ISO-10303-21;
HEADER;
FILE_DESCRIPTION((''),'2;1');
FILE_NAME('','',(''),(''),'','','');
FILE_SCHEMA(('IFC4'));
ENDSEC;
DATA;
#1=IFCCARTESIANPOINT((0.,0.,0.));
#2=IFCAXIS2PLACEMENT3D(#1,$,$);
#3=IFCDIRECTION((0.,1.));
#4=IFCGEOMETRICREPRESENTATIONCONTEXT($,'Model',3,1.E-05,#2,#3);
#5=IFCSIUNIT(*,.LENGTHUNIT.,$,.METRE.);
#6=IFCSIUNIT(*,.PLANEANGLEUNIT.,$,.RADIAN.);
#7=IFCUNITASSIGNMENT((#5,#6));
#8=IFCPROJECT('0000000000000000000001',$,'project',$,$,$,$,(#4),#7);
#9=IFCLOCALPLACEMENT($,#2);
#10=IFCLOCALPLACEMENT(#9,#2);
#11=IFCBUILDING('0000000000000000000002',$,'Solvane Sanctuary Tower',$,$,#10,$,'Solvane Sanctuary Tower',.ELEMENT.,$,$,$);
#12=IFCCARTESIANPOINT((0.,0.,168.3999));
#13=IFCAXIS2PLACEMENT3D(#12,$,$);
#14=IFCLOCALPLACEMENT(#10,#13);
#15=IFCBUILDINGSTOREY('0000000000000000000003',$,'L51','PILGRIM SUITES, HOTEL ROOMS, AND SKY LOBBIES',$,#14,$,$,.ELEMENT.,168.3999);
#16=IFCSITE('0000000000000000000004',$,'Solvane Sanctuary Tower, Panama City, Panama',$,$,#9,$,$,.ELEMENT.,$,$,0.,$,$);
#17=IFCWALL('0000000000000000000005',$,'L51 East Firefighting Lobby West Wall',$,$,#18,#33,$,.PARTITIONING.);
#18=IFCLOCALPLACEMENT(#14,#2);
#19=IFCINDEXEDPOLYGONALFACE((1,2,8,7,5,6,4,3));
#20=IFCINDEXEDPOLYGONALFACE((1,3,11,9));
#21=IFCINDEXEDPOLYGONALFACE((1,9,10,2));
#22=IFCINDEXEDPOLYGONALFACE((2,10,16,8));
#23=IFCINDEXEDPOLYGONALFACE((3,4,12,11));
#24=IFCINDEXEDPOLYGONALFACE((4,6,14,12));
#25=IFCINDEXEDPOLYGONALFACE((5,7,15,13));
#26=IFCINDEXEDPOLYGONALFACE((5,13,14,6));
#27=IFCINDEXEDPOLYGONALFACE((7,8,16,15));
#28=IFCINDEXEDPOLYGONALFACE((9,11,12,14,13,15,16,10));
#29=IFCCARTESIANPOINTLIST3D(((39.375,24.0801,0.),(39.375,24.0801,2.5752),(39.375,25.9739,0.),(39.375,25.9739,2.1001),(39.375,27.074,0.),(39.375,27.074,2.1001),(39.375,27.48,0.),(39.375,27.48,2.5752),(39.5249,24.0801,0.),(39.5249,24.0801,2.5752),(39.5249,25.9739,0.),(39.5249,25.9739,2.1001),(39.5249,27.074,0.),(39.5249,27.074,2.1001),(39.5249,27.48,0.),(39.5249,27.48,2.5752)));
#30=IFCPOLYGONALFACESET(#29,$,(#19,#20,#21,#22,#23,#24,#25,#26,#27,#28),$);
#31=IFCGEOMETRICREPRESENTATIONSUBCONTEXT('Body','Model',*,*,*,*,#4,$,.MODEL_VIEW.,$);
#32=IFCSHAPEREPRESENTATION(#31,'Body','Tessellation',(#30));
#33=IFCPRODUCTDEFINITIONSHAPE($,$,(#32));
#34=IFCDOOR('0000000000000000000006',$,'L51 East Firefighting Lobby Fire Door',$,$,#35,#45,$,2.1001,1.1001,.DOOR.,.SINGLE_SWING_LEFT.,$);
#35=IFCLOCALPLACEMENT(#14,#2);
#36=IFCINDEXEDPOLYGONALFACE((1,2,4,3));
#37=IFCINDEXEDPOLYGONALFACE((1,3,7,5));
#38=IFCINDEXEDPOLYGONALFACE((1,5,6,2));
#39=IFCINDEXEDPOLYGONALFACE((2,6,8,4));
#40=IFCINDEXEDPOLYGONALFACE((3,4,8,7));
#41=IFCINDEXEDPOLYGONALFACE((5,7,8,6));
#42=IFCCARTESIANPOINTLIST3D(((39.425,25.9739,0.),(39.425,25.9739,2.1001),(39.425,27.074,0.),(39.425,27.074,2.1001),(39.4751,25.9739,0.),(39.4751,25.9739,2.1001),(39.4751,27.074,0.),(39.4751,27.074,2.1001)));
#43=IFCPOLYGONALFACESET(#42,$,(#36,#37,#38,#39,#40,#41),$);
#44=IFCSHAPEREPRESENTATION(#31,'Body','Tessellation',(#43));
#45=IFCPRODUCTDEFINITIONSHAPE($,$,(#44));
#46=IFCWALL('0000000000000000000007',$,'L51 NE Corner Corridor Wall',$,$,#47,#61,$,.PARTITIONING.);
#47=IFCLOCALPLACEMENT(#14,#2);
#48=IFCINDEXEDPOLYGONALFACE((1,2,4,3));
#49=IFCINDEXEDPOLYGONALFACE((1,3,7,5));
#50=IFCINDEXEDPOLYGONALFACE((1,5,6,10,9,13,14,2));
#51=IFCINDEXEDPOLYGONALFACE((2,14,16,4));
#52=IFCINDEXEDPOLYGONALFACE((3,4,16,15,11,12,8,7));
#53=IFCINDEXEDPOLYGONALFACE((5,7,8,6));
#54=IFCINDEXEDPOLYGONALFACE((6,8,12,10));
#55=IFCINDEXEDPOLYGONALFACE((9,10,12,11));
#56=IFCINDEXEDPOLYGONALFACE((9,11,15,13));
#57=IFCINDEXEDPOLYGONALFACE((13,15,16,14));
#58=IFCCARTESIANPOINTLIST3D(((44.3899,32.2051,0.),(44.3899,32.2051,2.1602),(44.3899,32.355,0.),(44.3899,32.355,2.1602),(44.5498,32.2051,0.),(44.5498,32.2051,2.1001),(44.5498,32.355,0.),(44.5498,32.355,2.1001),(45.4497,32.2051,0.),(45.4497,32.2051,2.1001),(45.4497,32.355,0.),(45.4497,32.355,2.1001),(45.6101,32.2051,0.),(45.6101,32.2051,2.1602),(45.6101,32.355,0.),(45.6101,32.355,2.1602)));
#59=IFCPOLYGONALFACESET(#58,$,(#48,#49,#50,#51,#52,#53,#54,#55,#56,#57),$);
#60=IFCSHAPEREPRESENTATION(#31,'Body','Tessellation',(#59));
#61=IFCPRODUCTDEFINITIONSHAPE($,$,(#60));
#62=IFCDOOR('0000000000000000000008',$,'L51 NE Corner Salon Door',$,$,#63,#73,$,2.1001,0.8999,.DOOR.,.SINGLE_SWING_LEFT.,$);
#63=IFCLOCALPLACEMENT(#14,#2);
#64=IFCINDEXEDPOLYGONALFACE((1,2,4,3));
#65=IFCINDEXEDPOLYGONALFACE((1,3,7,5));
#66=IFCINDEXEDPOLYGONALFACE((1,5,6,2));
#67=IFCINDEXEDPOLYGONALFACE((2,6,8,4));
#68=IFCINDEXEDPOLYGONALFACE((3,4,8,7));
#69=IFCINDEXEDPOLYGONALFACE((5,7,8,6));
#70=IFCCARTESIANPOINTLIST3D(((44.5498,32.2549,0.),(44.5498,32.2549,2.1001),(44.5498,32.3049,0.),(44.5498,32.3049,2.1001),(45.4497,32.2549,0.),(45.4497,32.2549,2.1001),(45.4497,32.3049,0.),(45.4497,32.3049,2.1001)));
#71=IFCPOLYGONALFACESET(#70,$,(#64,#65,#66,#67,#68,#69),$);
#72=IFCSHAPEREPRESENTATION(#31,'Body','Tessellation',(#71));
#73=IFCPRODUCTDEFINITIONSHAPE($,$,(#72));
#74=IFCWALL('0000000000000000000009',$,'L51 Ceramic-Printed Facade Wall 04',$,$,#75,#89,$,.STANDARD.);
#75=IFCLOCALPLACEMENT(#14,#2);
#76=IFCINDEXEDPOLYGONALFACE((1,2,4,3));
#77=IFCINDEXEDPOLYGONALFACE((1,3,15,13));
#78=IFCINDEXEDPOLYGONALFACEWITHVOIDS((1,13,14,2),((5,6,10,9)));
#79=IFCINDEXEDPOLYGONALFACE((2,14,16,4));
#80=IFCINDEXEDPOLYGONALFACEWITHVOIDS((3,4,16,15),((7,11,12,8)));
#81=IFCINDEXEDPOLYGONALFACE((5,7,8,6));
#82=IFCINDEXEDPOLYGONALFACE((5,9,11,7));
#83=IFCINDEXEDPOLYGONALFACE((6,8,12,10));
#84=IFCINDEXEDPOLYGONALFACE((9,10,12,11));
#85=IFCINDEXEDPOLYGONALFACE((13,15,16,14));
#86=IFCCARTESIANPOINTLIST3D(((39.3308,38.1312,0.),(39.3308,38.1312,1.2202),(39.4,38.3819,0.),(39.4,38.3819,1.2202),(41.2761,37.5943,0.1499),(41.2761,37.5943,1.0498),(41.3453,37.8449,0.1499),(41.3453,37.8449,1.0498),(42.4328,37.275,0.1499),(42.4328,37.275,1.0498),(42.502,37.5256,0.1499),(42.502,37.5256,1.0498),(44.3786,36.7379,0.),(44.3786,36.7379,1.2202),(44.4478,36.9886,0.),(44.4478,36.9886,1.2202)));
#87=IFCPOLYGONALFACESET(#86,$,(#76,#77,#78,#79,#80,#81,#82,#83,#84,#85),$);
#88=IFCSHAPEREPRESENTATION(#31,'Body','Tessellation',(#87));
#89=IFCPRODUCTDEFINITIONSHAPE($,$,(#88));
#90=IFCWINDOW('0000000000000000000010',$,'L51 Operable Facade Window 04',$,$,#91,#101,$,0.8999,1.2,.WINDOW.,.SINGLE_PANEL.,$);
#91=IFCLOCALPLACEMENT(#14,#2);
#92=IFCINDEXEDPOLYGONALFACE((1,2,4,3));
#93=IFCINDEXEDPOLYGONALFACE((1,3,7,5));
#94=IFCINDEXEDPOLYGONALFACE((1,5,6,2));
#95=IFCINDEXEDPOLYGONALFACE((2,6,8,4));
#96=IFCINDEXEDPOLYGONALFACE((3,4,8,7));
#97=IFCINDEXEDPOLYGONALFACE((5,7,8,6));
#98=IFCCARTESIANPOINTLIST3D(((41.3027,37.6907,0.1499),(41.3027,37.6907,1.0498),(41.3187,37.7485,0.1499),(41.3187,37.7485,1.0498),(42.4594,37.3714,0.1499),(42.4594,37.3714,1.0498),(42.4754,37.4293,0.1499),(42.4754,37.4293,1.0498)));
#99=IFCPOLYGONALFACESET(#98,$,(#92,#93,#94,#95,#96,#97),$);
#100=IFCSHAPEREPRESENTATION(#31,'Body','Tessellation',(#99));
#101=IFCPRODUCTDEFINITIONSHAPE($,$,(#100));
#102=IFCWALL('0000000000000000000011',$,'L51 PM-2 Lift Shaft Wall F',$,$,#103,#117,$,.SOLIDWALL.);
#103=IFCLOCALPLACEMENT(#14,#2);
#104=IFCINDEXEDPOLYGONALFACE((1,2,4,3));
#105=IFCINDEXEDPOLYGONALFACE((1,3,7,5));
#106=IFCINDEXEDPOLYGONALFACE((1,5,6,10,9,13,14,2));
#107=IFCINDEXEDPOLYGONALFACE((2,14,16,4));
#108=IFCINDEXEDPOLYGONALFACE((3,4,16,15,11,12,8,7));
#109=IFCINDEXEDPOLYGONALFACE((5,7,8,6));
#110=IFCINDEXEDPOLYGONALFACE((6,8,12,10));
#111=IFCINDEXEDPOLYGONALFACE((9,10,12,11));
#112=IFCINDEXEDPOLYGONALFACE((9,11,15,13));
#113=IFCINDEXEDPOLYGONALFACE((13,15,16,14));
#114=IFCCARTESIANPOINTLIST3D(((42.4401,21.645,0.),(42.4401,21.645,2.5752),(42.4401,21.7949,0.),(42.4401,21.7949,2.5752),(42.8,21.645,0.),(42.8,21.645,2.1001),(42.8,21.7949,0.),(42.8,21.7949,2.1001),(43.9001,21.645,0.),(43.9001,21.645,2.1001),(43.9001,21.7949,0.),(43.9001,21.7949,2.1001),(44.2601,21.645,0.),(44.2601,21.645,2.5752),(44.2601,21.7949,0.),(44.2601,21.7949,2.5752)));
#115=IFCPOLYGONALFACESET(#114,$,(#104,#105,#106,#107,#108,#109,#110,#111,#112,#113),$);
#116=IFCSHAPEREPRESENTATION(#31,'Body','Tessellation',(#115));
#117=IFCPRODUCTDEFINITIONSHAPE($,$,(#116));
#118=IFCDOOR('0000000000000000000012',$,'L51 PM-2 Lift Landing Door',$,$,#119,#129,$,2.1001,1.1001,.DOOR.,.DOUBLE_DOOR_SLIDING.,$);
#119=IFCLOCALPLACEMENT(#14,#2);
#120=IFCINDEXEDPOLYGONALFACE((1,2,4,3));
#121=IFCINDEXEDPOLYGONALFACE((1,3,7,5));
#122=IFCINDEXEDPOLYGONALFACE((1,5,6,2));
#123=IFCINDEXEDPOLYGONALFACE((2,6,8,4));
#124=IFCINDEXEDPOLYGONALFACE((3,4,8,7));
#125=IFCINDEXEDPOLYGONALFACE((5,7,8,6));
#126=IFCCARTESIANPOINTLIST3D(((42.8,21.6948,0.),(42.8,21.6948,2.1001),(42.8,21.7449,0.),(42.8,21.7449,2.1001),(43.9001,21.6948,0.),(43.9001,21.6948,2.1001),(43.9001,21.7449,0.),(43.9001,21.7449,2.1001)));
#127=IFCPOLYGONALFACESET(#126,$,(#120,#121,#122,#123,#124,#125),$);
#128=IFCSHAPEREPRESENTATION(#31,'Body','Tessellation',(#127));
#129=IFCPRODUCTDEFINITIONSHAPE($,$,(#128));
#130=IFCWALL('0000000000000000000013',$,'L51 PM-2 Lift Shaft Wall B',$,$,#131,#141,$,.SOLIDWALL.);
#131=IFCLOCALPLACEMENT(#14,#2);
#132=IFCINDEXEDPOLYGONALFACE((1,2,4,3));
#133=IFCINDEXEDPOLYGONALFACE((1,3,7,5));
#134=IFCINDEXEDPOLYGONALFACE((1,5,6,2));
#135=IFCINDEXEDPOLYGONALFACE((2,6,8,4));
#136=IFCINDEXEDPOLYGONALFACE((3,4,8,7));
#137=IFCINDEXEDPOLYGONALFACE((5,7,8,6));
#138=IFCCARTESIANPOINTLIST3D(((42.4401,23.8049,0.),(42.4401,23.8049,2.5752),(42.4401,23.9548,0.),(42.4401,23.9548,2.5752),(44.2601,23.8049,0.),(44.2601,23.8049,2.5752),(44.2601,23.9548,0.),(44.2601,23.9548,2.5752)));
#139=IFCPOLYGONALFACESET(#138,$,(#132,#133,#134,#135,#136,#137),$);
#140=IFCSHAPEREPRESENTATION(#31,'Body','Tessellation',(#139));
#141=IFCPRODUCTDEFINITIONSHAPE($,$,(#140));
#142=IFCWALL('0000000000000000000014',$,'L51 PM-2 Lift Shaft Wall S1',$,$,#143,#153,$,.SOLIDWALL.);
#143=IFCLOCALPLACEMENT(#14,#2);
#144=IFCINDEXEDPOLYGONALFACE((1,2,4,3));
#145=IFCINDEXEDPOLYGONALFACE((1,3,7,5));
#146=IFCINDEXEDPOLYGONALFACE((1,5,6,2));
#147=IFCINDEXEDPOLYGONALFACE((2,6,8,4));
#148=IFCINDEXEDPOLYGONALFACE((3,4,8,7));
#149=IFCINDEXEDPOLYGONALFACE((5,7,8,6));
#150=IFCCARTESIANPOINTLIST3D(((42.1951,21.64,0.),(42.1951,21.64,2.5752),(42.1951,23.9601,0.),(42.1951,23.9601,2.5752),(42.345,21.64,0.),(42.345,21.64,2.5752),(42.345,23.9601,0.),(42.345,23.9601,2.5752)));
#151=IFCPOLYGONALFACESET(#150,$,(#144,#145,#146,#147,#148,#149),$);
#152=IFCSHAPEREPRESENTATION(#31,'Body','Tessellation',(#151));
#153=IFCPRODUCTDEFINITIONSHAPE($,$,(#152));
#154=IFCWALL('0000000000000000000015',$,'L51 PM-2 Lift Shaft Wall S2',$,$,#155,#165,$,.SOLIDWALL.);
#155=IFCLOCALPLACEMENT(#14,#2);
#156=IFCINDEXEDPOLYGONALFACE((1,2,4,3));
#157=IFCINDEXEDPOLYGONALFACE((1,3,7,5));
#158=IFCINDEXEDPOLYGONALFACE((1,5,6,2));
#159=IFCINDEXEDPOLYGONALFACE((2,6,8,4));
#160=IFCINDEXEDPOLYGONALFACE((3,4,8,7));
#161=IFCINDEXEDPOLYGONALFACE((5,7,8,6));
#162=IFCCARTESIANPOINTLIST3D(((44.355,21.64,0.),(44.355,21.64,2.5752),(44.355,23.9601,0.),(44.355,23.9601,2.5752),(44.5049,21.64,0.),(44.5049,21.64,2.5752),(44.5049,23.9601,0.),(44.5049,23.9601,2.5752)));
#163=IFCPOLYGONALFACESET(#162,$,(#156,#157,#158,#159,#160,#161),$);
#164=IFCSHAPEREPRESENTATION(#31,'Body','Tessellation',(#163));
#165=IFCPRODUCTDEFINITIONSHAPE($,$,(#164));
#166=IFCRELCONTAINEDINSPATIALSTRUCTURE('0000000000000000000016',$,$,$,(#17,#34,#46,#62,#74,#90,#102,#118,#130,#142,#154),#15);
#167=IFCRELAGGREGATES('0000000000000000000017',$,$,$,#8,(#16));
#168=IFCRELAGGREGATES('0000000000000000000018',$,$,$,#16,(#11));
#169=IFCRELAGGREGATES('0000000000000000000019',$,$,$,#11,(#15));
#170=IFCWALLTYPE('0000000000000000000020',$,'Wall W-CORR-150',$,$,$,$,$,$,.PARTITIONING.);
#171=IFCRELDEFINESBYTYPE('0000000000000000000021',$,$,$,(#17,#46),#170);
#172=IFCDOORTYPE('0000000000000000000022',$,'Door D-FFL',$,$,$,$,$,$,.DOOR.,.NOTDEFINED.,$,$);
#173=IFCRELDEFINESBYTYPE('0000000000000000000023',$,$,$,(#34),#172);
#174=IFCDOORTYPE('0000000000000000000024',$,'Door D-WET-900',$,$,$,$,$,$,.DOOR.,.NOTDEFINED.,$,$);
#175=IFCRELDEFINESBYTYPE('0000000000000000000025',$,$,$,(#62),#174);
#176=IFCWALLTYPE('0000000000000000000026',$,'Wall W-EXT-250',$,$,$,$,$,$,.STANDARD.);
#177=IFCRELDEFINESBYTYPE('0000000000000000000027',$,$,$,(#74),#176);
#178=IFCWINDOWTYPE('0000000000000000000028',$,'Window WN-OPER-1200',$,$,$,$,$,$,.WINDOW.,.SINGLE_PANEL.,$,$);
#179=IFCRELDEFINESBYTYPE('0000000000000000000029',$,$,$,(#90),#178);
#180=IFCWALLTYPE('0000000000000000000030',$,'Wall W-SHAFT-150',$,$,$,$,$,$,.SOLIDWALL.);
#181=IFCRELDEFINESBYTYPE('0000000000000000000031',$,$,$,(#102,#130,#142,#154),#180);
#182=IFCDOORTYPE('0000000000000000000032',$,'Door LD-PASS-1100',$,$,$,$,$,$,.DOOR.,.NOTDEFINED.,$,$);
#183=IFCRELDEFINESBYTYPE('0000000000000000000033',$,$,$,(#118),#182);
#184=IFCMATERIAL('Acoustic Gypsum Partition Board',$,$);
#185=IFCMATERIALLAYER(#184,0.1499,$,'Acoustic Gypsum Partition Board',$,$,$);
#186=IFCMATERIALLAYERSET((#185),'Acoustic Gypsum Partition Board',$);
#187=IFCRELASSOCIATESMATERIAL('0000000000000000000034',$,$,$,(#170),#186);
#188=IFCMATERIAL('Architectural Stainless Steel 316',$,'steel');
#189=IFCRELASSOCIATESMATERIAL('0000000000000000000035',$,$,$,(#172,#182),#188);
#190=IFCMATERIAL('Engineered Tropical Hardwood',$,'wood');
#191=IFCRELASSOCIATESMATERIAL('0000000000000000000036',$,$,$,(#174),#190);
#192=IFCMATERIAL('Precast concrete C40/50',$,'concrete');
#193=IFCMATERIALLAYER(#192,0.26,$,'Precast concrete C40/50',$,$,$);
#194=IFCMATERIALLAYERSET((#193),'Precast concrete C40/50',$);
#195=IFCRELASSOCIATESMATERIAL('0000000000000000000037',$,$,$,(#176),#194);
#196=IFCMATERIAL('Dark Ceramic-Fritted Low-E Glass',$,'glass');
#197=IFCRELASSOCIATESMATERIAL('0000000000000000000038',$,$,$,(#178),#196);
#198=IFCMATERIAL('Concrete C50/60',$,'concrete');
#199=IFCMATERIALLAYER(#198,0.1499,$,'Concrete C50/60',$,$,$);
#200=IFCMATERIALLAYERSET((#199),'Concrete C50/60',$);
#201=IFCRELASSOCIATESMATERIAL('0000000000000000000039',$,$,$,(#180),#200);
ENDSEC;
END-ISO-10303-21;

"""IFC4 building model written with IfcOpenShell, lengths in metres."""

from ifc_helpers import new_model, si_unit, direction, frame, frame_2d, origin, place, context, subcontext, project, spatial, rectangle, extrude, material, layer, layer_set, type_object, element, fill, save


model = new_model("IFC4")

# Units and contexts
model_context = context("Model", 3, precision=1e-05, world=origin(), true_north=direction((0.0, 1.0)))
body_context = subcontext(model_context, "Body", "Model", "MODEL_VIEW")
ifc_project = project(units=[si_unit("LENGTHUNIT", "METRE"), si_unit("PLANEANGLEUNIT", "RADIAN")], contexts=[model_context])

# Site, building, storey
site_placement = place(None, origin())
site = spatial("IfcSite", under=ifc_project, at=site_placement, Name="Solvane Sanctuary Tower, Panama City, Panama", CompositionType="ELEMENT", RefElevation=0.0)
building_placement = place(site_placement, origin())
building = spatial("IfcBuilding", under=site, at=building_placement, Name="Solvane Sanctuary Tower", LongName="Solvane Sanctuary Tower", CompositionType="ELEMENT")
storey_placement = place(building_placement, frame((0.0, 0.0, 168.3999)))
storey = spatial("IfcBuildingStorey", under=building, at=storey_placement, Name="L51", Description="PILGRIM SUITES, HOTEL ROOMS, AND SKY LOBBIES", CompositionType="ELEMENT", Elevation=168.3999)

# Shared definitions
ifc_material_1 = material(Name="Acoustic Gypsum Partition Board")
ifc_layer_1 = layer(ifc_material_1, 0.1499, Name="Acoustic Gypsum Partition Board")
ifc_layer_set_1 = layer_set([ifc_layer_1], Name="Acoustic Gypsum Partition Board")
wall_type_1 = type_object("IfcWallType", Name="Wall W-CORR-150", PredefinedType="PARTITIONING", material=ifc_layer_set_1)

# Walls, openings, doors
wall_1_placement = place(storey_placement, frame((39.45, 24.0801, 0.0), z_axis=(0.0, 0.0, 1.0), x_axis=(0.0, 1.0, 0.0)))
wall_1 = element("IfcWall", 1, at=wall_1_placement, inside=storey, type_object=wall_type_1, Name="L51 East Firefighting Lobby West Wall", PredefinedType="PARTITIONING", context=body_context, shape_type="SweptSolid", body=[
    extrude(rectangle(XDim=3.3999, YDim=0.1499, at=frame_2d((1.7, 0.0))), origin(), (0.0, 0.0, 1.0), 2.5752),
])
opening_1_placement = place(wall_1_placement, frame((1.8938, 0.0, 0.0)))
opening_1 = element("IfcOpeningElement", 2, at=opening_1_placement, cuts=wall_1, PredefinedType="OPENING", context=body_context, shape_type="SweptSolid", body=[
    extrude(rectangle(XDim=1.1001, YDim=2.1001, at=frame_2d((0.55, 1.05))), frame((0.0, 0.085, 0.0), z_axis=(0.0, -1.0, 0.0), x_axis=(1.0, 0.0, 0.0)), (0.0, 0.0, 1.0), 0.1699),
])
ifc_material_2 = material(Name="Architectural Stainless Steel 316", Category="steel")
door_type_1 = type_object("IfcDoorType", Name="Door D-FFL", OperationType="NOTDEFINED", PredefinedType="DOOR", material=ifc_material_2)
door_1_placement = place(opening_1_placement, origin())
door_1 = element("IfcDoor", 3, at=door_1_placement, inside=storey, type_object=door_type_1, Name="L51 East Firefighting Lobby Fire Door", OperationType="SINGLE_SWING_LEFT", OverallHeight=2.1001, OverallWidth=1.1001, PredefinedType="DOOR", context=body_context, shape_type="SweptSolid", body=[
    extrude(rectangle(XDim=1.1001, YDim=2.1001, at=frame_2d((0.55, 1.05))), frame((0.0, 0.0249, 0.0), z_axis=(0.0, -1.0, 0.0), x_axis=(1.0, 0.0, 0.0)), (0.0, 0.0, 1.0), 0.05),
])
fill(opening_1, door_1)
wall_2_placement = place(storey_placement, frame((44.3899, 32.28, 0.0), z_axis=(0.0, 0.0, 1.0), x_axis=(1.0, 0.0, 0.0)))
wall_2 = element("IfcWall", 4, at=wall_2_placement, inside=storey, type_object=wall_type_1, Name="L51 NE Corner Corridor Wall", PredefinedType="PARTITIONING", context=body_context, shape_type="SweptSolid", body=[
    extrude(rectangle(XDim=1.2202, YDim=0.1499, at=frame_2d((0.6101, 0.0))), origin(), (0.0, 0.0, 1.0), 2.1602),
])
opening_2_placement = place(wall_2_placement, frame((0.1599, 0.0, 0.0)))
opening_2 = element("IfcOpeningElement", 5, at=opening_2_placement, cuts=wall_2, PredefinedType="OPENING", context=body_context, shape_type="SweptSolid", body=[
    extrude(rectangle(XDim=0.8999, YDim=2.1001, at=frame_2d((0.45, 1.05))), frame((0.0, 0.085, 0.0), z_axis=(0.0, -1.0, 0.0), x_axis=(1.0, 0.0, 0.0)), (0.0, 0.0, 1.0), 0.1699),
])
ifc_material_3 = material(Name="Engineered Tropical Hardwood", Category="wood")
door_type_2 = type_object("IfcDoorType", Name="Door D-WET-900", OperationType="NOTDEFINED", PredefinedType="DOOR", material=ifc_material_3)
door_2_placement = place(opening_2_placement, origin())
door_2 = element("IfcDoor", 6, at=door_2_placement, inside=storey, type_object=door_type_2, Name="L51 NE Corner Salon Door", OperationType="SINGLE_SWING_LEFT", OverallHeight=2.1001, OverallWidth=0.8999, PredefinedType="DOOR", context=body_context, shape_type="SweptSolid", body=[
    extrude(rectangle(XDim=0.8999, YDim=2.1001, at=frame_2d((0.45, 1.05))), frame((0.0, 0.0249, 0.0), z_axis=(0.0, -1.0, 0.0), x_axis=(1.0, 0.0, 0.0)), (0.0, 0.0, 1.0), 0.05),
])
fill(opening_2, door_2)

# Wall, opening, window
ifc_material_4 = material(Name="Precast concrete C40/50", Category="concrete")
ifc_layer_2 = layer(ifc_material_4, 0.26, Name="Precast concrete C40/50")
ifc_layer_set_2 = layer_set([ifc_layer_2], Name="Precast concrete C40/50")
wall_type_2 = type_object("IfcWallType", Name="Wall W-EXT-250", PredefinedType="STANDARD", material=ifc_layer_set_2)
wall_3_placement = place(storey_placement, frame((44.4131, 36.8633, 0.0), z_axis=(0.0, 0.0, 1.0), x_axis=(-0.963953, 0.266071, 0.0)))
wall_3 = element("IfcWall", 7, at=wall_3_placement, inside=storey, type_object=wall_type_2, Name="L51 Ceramic-Printed Facade Wall 04", PredefinedType="STANDARD", context=body_context, shape_type="SweptSolid", body=[
    extrude(rectangle(XDim=5.2366, YDim=0.26, at=frame_2d((2.6182, 0.0))), origin(), (0.0, 0.0, 1.0), 1.2202),
])
opening_3_placement = place(wall_3_placement, frame((2.0183, 0.0, 0.1499)))
opening_3 = element("IfcOpeningElement", 8, at=opening_3_placement, cuts=wall_3, PredefinedType="OPENING", context=body_context, shape_type="SweptSolid", body=[
    extrude(rectangle(XDim=1.2, YDim=0.8999, at=frame_2d((0.6001, 0.45))), frame((0.0, 0.1399, 0.0), z_axis=(0.0, -1.0, 0.0), x_axis=(1.0, 0.0, 0.0)), (0.0, 0.0, 1.0), 0.28),
])
ifc_material_5 = material(Name="Dark Ceramic-Fritted Low-E Glass", Category="glass")
window_type = type_object("IfcWindowType", Name="Window WN-OPER-1200", PartitioningType="SINGLE_PANEL", PredefinedType="WINDOW", material=ifc_material_5)
window_placement = place(opening_3_placement, origin())
window = element("IfcWindow", 9, at=window_placement, inside=storey, type_object=window_type, Name="L51 Operable Facade Window 04", OverallHeight=0.8999, OverallWidth=1.2, PartitioningType="SINGLE_PANEL", PredefinedType="WINDOW", context=body_context, shape_type="SweptSolid", body=[
    extrude(rectangle(XDim=1.2, YDim=0.8999, at=frame_2d((0.6001, 0.45))), frame((0.0, 0.03, 0.0), z_axis=(0.0, -1.0, 0.0), x_axis=(1.0, 0.0, 0.0)), (0.0, 0.0, 1.0), 0.0601),
])
fill(opening_3, window)

# Wall, opening, door
ifc_material_6 = material(Name="Concrete C50/60", Category="concrete")
ifc_layer_3 = layer(ifc_material_6, 0.1499, Name="Concrete C50/60")
ifc_layer_set_3 = layer_set([ifc_layer_3], Name="Concrete C50/60")
wall_type_3 = type_object("IfcWallType", Name="Wall W-SHAFT-150", PredefinedType="SOLIDWALL", material=ifc_layer_set_3)
wall_4_placement = place(storey_placement, frame((42.4399, 21.72, 0.0), z_axis=(0.0, 0.0, 1.0), x_axis=(1.0, 0.0, 0.0)))
wall_4 = element("IfcWall", 10, at=wall_4_placement, inside=storey, type_object=wall_type_3, Name="L51 PM-2 Lift Shaft Wall F", PredefinedType="SOLIDWALL", context=body_context, shape_type="SweptSolid", body=[
    extrude(rectangle(XDim=1.8201, YDim=0.1499, at=frame_2d((0.9102, 0.0))), origin(), (0.0, 0.0, 1.0), 2.5752),
])
opening_4_placement = place(wall_4_placement, frame((0.3601, 0.0, 0.0)))
opening_4 = element("IfcOpeningElement", 11, at=opening_4_placement, cuts=wall_4, PredefinedType="OPENING", context=body_context, shape_type="SweptSolid", body=[
    extrude(rectangle(XDim=1.1001, YDim=2.1001, at=frame_2d((0.55, 1.05))), frame((0.0, 0.085, 0.0), z_axis=(0.0, -1.0, 0.0), x_axis=(1.0, 0.0, 0.0)), (0.0, 0.0, 1.0), 0.1699),
])
door_type_3 = type_object("IfcDoorType", Name="Door LD-PASS-1100", OperationType="NOTDEFINED", PredefinedType="DOOR", material=ifc_material_2)
door_3_placement = place(opening_4_placement, origin())
door_3 = element("IfcDoor", 12, at=door_3_placement, inside=storey, type_object=door_type_3, Name="L51 PM-2 Lift Landing Door", OperationType="DOUBLE_DOOR_SLIDING", OverallHeight=2.1001, OverallWidth=1.1001, PredefinedType="DOOR", context=body_context, shape_type="SweptSolid", body=[
    extrude(rectangle(XDim=1.1001, YDim=2.1001, at=frame_2d((0.55, 1.05))), frame((0.0, 0.0249, 0.0), z_axis=(0.0, -1.0, 0.0), x_axis=(1.0, 0.0, 0.0)), (0.0, 0.0, 1.0), 0.05),
])
fill(opening_4, door_3)

# Walls
wall_5_placement = place(storey_placement, frame((42.4399, 23.8799, 0.0), z_axis=(0.0, 0.0, 1.0), x_axis=(1.0, 0.0, 0.0)))
element("IfcWall", 13, at=wall_5_placement, inside=storey, type_object=wall_type_3, Name="L51 PM-2 Lift Shaft Wall B", PredefinedType="SOLIDWALL", context=body_context, shape_type="SweptSolid", body=[
    extrude(rectangle(XDim=1.8201, YDim=0.1499, at=frame_2d((0.9102, 0.0))), origin(), (0.0, 0.0, 1.0), 2.5752),
])
for number, where, z_axis, x_axis, name in (
    (14, (42.27, 21.6399, 0.0), (0.0, 0.0, 1.0), (0.0, 1.0, 0.0), "L51 PM-2 Lift Shaft Wall S1"),
    (15, (44.4299, 21.6399, 0.0), (0.0, 0.0, 1.0), (0.0, 1.0, 0.0), "L51 PM-2 Lift Shaft Wall S2"),
):
    element("IfcWall", number, at=place(storey_placement, frame(where, z_axis=z_axis, x_axis=x_axis)), inside=storey, type_object=wall_type_3, Name=name, PredefinedType="SOLIDWALL", context=body_context, shape_type="SweptSolid", body=[
        extrude(rectangle(XDim=2.3201, YDim=0.1499, at=frame_2d((1.1602, 0.0))), origin(), (0.0, 0.0, 1.0), 2.5752),
    ])

save(model, "model.ifc")
